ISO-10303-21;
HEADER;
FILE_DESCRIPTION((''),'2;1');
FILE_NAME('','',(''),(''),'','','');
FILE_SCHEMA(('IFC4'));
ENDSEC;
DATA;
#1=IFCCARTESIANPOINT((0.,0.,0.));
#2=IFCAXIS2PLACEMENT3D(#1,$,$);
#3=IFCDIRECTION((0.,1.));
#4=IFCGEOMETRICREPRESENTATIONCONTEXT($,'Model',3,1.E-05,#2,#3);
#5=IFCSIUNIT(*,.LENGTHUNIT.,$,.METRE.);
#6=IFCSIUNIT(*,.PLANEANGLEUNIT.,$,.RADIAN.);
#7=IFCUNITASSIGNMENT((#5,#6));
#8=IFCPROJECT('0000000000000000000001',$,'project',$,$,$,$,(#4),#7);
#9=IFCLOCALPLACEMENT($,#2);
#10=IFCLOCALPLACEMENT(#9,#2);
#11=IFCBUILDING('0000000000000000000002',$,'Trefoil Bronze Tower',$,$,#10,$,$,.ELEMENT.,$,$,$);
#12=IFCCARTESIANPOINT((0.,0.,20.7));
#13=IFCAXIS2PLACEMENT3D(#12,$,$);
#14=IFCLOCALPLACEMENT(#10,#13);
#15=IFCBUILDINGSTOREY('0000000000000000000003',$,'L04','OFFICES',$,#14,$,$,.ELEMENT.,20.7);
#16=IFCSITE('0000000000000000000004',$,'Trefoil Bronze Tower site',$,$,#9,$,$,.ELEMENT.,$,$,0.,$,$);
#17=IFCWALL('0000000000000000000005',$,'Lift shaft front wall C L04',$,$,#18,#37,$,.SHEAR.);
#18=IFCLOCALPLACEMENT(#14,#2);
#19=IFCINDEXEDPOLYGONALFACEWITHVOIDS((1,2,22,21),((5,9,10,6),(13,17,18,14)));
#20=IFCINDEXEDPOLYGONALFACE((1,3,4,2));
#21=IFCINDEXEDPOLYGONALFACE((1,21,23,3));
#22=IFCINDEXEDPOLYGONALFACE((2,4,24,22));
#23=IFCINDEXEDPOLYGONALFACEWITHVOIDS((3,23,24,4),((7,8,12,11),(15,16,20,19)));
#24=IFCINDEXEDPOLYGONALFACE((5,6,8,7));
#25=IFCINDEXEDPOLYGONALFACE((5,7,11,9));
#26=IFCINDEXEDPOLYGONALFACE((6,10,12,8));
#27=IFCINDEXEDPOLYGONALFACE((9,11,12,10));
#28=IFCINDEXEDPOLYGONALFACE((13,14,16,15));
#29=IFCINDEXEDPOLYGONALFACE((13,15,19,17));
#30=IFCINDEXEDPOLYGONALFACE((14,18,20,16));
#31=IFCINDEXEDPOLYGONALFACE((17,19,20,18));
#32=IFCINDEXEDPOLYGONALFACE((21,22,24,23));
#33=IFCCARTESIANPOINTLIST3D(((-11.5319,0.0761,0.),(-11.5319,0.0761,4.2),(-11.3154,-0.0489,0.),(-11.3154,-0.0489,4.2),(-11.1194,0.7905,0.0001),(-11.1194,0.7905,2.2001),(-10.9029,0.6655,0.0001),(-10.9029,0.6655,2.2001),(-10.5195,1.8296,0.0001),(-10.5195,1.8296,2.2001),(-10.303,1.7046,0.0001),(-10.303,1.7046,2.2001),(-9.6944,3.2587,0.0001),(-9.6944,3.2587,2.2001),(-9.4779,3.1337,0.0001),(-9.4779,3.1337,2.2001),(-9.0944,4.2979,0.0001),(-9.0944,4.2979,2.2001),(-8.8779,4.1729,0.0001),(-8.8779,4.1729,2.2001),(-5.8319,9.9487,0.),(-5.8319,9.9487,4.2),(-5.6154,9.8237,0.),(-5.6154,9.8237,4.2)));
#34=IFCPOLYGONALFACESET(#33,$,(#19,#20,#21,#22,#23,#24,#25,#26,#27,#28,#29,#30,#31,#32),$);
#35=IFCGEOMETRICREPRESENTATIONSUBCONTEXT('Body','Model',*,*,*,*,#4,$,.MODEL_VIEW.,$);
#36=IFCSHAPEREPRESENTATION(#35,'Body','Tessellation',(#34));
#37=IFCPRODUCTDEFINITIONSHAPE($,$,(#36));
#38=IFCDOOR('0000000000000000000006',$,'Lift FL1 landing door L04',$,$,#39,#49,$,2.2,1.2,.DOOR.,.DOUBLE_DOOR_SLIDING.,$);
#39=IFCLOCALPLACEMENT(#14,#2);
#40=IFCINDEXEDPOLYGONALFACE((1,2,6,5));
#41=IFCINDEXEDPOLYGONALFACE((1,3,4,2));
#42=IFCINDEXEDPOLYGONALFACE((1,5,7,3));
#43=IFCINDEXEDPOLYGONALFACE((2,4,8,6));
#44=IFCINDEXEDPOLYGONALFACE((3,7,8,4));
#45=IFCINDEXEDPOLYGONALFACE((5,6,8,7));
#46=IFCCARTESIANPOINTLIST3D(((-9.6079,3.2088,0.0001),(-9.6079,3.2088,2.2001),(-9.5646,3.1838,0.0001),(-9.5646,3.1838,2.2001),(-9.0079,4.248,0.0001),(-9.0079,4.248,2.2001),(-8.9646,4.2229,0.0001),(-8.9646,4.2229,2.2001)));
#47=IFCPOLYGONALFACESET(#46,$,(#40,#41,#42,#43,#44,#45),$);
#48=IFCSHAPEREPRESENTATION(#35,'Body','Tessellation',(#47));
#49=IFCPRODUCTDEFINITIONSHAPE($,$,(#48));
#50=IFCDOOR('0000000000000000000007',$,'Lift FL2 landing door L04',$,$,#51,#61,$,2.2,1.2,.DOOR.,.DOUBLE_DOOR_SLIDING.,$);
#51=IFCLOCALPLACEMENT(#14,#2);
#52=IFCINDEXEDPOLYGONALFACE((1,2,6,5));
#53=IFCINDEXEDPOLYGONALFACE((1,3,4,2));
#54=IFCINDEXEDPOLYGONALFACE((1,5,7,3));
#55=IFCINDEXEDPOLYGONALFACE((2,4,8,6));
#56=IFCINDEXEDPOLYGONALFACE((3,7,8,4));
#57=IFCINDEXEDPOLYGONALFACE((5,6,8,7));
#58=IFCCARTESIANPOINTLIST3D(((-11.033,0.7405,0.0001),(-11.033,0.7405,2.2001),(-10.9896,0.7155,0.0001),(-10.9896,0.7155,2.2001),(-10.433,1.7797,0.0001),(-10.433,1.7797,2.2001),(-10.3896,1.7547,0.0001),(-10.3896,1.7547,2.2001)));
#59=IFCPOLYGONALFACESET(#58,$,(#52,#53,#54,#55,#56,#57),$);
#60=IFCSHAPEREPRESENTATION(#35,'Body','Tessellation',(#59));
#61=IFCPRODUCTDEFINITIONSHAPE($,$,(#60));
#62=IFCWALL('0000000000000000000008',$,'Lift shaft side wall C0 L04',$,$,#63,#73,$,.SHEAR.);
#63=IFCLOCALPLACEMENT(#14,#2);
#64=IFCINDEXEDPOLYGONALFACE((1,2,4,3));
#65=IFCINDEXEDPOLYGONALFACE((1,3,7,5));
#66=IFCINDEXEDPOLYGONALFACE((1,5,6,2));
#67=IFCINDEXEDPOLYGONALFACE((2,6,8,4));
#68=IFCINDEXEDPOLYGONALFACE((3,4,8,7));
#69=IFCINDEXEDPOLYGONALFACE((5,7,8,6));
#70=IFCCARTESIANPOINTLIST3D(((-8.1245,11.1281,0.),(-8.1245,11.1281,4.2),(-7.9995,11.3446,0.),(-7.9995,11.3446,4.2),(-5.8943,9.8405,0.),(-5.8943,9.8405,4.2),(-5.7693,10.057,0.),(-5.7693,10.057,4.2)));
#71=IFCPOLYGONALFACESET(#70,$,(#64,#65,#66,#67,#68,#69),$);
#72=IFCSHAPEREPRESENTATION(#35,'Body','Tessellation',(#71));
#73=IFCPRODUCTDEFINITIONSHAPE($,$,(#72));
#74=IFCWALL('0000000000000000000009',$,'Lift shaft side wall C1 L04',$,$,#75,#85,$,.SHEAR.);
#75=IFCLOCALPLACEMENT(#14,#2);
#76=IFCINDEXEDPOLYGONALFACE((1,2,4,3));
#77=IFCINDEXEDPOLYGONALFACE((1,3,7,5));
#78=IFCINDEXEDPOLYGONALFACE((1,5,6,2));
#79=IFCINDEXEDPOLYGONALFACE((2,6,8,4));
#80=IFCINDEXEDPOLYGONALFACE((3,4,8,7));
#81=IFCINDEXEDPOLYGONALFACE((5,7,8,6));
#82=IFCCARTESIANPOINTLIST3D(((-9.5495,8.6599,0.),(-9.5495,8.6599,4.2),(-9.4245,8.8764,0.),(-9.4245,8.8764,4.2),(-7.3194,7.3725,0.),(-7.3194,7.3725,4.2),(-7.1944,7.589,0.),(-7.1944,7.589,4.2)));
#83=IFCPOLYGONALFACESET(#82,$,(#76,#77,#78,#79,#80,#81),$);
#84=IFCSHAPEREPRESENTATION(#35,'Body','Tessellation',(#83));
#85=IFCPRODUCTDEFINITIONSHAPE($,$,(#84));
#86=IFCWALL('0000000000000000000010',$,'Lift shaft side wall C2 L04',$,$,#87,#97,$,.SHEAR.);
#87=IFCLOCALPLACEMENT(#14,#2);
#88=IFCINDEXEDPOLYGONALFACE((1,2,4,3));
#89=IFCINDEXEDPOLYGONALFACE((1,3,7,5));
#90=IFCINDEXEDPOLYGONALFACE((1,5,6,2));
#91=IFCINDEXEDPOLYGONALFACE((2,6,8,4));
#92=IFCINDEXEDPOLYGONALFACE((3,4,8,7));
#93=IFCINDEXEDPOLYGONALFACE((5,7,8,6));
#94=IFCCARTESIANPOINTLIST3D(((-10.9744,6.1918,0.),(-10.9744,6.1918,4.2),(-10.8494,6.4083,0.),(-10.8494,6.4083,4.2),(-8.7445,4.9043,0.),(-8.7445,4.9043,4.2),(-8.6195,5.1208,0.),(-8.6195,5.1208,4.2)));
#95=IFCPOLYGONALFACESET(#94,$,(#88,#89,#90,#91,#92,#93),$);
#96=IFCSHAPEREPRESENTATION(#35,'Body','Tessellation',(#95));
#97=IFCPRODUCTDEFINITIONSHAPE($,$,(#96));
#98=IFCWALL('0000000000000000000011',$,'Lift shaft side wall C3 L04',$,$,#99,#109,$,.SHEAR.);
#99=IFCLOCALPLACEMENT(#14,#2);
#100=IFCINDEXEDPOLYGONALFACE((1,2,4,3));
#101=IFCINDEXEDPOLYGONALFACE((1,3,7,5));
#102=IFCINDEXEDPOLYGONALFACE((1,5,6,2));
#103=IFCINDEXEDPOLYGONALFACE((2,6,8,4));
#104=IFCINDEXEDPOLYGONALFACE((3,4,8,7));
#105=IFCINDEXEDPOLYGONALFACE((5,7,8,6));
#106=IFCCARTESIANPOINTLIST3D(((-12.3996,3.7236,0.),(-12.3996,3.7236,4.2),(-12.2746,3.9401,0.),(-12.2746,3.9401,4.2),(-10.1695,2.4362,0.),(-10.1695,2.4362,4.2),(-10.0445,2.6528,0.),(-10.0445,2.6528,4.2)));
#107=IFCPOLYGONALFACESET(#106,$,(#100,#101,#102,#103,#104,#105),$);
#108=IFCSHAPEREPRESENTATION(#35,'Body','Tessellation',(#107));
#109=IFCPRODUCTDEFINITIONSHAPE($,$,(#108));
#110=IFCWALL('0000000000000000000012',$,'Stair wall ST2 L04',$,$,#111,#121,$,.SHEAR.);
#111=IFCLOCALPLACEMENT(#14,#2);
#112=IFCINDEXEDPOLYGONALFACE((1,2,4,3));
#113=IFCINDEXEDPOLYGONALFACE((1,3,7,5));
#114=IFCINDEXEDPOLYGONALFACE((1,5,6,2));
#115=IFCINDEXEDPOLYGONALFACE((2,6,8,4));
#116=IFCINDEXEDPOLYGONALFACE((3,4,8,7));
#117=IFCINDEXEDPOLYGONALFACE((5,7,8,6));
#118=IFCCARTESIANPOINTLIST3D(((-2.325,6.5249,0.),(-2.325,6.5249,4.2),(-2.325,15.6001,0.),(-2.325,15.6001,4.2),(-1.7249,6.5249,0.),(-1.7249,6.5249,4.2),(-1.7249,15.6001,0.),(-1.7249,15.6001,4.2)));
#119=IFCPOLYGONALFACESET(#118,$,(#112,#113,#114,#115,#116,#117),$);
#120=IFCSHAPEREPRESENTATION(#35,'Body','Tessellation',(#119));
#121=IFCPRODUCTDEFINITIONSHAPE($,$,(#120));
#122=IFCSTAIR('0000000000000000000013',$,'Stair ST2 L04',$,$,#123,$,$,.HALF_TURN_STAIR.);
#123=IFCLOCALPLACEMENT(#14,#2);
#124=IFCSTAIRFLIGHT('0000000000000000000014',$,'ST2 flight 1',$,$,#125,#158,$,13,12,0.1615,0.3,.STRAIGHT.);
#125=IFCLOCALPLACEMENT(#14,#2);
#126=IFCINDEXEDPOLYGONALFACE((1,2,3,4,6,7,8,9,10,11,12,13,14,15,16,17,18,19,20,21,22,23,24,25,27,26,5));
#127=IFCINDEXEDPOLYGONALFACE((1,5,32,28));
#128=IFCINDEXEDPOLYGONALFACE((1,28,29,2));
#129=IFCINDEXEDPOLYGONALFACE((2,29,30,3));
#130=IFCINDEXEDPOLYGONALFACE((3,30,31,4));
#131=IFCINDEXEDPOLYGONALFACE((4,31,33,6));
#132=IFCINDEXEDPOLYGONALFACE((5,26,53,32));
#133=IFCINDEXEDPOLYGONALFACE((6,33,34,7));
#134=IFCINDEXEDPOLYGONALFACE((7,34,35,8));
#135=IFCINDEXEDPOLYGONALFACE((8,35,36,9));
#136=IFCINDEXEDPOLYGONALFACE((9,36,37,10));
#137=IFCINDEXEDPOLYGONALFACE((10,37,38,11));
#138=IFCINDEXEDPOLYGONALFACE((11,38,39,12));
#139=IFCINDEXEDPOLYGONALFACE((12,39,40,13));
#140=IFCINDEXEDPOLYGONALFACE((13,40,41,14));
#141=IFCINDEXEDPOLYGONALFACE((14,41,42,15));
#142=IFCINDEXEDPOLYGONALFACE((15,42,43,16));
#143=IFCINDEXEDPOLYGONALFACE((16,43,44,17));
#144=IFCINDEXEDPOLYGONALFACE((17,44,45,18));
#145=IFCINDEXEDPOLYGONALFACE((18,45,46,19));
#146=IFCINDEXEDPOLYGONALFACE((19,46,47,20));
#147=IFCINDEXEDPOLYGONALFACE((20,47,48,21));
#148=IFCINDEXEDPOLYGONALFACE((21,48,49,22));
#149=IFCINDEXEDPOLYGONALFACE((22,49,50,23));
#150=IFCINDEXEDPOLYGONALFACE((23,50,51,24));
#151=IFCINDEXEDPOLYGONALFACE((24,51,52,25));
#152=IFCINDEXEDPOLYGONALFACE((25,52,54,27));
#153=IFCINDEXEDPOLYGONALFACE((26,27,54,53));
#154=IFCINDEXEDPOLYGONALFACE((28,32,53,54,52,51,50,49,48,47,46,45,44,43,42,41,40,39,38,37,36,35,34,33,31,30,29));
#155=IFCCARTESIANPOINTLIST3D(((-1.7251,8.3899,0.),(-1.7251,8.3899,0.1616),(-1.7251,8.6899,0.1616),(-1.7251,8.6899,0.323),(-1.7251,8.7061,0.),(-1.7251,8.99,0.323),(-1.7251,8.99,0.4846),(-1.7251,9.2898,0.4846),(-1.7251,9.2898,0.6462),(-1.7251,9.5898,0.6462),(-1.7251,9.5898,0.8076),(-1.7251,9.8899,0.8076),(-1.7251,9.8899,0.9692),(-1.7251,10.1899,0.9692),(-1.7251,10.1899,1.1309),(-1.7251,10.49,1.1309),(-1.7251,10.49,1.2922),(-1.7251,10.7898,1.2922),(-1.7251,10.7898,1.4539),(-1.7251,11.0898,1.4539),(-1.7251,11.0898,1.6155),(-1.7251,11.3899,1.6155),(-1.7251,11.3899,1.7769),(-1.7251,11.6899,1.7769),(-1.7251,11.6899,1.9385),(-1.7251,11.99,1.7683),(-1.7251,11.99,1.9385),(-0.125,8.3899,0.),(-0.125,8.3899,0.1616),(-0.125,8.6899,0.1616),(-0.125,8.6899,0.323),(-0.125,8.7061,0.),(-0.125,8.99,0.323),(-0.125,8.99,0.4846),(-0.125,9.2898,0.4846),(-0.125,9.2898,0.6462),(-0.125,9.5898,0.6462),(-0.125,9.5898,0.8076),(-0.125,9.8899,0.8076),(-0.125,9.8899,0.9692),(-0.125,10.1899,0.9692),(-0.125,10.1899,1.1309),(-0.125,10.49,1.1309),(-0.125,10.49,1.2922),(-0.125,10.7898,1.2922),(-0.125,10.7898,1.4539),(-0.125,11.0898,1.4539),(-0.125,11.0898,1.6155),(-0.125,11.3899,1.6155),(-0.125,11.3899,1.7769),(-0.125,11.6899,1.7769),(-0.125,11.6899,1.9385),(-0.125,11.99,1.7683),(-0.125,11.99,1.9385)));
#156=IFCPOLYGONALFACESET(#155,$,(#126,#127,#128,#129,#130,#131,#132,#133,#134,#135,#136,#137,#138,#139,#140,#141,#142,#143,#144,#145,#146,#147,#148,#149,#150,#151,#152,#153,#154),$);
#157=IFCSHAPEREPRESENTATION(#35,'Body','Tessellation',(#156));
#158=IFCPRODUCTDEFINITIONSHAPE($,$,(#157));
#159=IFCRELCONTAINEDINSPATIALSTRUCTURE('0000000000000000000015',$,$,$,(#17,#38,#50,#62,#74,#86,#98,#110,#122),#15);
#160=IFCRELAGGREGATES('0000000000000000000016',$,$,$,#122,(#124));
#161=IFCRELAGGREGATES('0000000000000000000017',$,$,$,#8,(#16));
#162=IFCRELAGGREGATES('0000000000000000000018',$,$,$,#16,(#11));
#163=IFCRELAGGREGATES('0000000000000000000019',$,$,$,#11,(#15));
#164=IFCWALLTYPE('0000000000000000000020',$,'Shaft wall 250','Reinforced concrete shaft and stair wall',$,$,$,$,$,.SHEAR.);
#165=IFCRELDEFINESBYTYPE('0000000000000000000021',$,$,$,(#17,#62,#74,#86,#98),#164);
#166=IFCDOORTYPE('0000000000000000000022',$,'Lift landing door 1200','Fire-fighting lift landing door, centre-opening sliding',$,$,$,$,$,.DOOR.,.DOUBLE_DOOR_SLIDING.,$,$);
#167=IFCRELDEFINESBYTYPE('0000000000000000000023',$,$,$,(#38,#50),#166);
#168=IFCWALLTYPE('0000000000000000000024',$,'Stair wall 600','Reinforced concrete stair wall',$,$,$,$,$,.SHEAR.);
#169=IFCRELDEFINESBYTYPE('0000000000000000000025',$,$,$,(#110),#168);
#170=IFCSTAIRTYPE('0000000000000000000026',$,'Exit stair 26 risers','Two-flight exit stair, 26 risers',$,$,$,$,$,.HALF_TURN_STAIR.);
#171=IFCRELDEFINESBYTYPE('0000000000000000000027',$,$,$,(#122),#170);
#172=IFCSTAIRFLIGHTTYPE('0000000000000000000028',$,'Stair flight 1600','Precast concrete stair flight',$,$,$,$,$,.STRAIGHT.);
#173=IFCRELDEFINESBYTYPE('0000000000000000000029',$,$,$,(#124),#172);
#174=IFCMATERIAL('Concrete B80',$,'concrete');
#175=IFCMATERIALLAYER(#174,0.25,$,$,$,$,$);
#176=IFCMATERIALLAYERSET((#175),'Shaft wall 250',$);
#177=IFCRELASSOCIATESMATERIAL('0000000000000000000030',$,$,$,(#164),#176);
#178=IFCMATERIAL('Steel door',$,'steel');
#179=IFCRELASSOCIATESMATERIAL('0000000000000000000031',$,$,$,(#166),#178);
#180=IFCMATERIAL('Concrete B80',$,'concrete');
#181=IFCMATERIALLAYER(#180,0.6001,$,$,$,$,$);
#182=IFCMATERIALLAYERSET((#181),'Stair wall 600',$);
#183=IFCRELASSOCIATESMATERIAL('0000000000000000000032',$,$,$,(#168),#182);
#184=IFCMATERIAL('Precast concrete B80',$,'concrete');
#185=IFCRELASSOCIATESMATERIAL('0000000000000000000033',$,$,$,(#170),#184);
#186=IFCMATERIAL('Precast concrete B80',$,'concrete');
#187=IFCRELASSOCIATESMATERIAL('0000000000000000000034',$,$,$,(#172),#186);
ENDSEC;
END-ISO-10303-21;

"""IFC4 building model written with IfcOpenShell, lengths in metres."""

from ifc_helpers import new_model, si_unit, direction, frame, frame_2d, origin, place, context, subcontext, project, spatial, polyline, rectangle, outline, extrude, material, layer, layer_set, type_object, element, fill, aggregate, save


model = new_model("IFC4")

# Units and contexts
model_context = context("Model", 3, precision=1e-05, world=origin(), true_north=direction((0.0, 1.0)))
body_context = subcontext(model_context, "Body", "Model", "MODEL_VIEW")
ifc_project = project(units=[si_unit("LENGTHUNIT", "METRE"), si_unit("PLANEANGLEUNIT", "RADIAN")], contexts=[model_context])

# Site, building, storey
site_placement = place(None, origin())
site = spatial("IfcSite", under=ifc_project, at=site_placement, Name="Trefoil Bronze Tower site", CompositionType="ELEMENT", RefElevation=0.0)
building_placement = place(site_placement, origin())
building = spatial("IfcBuilding", under=site, at=building_placement, Name="Trefoil Bronze Tower", CompositionType="ELEMENT")
storey_placement = place(building_placement, frame((0.0, 0.0, 20.7)))
storey = spatial("IfcBuildingStorey", under=building, at=storey_placement, Name="L04", Description="OFFICES", CompositionType="ELEMENT", Elevation=20.7)

# Wall, openings, doors
ifc_material_1 = material(Name="Concrete B80", Category="concrete")
ifc_layer_1 = layer(ifc_material_1, 0.25)
ifc_layer_set_1 = layer_set([ifc_layer_1], Name="Shaft wall 250")
wall_type_1 = type_object("IfcWallType", Name="Shaft wall 250", Description="Reinforced concrete shaft and stair wall", PredefinedType="SHEAR", material=ifc_layer_set_1)
wall_1_placement = place(storey_placement, frame((-5.7236, 9.8862, 0.0), z_axis=(0.0, 0.0, 1.0), x_axis=(-0.500002, -0.866024, 0.0)))
wall_1 = element("IfcWall", 1, at=wall_1_placement, inside=storey, type_object=wall_type_1, Name="Lift shaft front wall C L04", PredefinedType="SHEAR", context=body_context, shape_type="SweptSolid", body=[
    extrude(rectangle(XDim=11.3999, YDim=0.25, at=frame_2d((5.7, 0.0))), origin(), (0.0, 0.0, 1.0), 4.2),
])
opening_1_placement = place(wall_1_placement, frame((6.5249, 0.0, 0.0)))
opening_1 = element("IfcOpeningElement", 2, at=opening_1_placement, cuts=wall_1, PredefinedType="OPENING", context=body_context, shape_type="SweptSolid", body=[
    extrude(rectangle(XDim=1.2, YDim=2.2, at=frame_2d((0.6001, 1.1001))), frame((0.0, 0.135, 0.0), z_axis=(0.0, -1.0, 0.0), x_axis=(1.0, 0.0, 0.0)), (0.0, 0.0, 1.0), 0.27),
])
opening_2_placement = place(wall_1_placement, frame((9.375, 0.0, 0.0)))
opening_2 = element("IfcOpeningElement", 3, at=opening_2_placement, cuts=wall_1, PredefinedType="OPENING", context=body_context, shape_type="SweptSolid", body=[
    extrude(rectangle(XDim=1.2, YDim=2.2, at=frame_2d((0.6001, 1.1001))), frame((0.0, 0.135, 0.0), z_axis=(0.0, -1.0, 0.0), x_axis=(1.0, 0.0, 0.0)), (0.0, 0.0, 1.0), 0.27),
])
ifc_material_2 = material(Name="Steel door", Category="steel")
door_type_1 = type_object("IfcDoorType", Name="Lift landing door 1200", Description="Fire-fighting lift landing door, centre-opening sliding", OperationType="DOUBLE_DOOR_SLIDING", PredefinedType="DOOR", material=ifc_material_2)
door_1_placement = place(opening_1_placement, origin())
door_1 = element("IfcDoor", 4, at=door_1_placement, inside=storey, type_object=door_type_1, Name="Lift FL1 landing door L04", OperationType="DOUBLE_DOOR_SLIDING", OverallHeight=2.2, OverallWidth=1.2, PredefinedType="DOOR", context=body_context, shape_type="SweptSolid", body=[
    extrude(rectangle(XDim=1.2, YDim=2.2, at=frame_2d((0.6001, 1.1001))), frame((0.0, 0.0249, 0.0), z_axis=(0.0, -1.0, 0.0), x_axis=(1.0, 0.0, 0.0)), (0.0, 0.0, 1.0), 0.05),
])
fill(opening_1, door_1)
door_2_placement = place(opening_2_placement, origin())
door_2 = element("IfcDoor", 5, at=door_2_placement, inside=storey, type_object=door_type_1, Name="Lift FL2 landing door L04", OperationType="DOUBLE_DOOR_SLIDING", OverallHeight=2.2, OverallWidth=1.2, PredefinedType="DOOR", context=body_context, shape_type="SweptSolid", body=[
    extrude(rectangle(XDim=1.2, YDim=2.2, at=frame_2d((0.6001, 1.1001))), frame((0.0, 0.0249, 0.0), z_axis=(0.0, -1.0, 0.0), x_axis=(1.0, 0.0, 0.0)), (0.0, 0.0, 1.0), 0.05),
])
fill(opening_2, door_2)

# Walls
wall_2_placement = place(storey_placement, frame((-5.8318, 9.9487, 0.0), z_axis=(0.0, 0.0, 1.0), x_axis=(-0.866029, 0.499993, 0.0)))
element("IfcWall", 6, at=wall_2_placement, inside=storey, type_object=wall_type_1, Name="Lift shaft side wall C0 L04", PredefinedType="SHEAR", context=body_context, shape_type="SweptSolid", body=[
    extrude(rectangle(XDim=2.5752, YDim=0.25, at=frame_2d((1.2876, 0.0))), origin(), (0.0, 0.0, 1.0), 4.2),
])
for number, where, z_axis, x_axis, name in (
    (7, (-7.2568, 7.4807, 0.0), (0.0, 0.0, 1.0), (-0.866047, 0.499963, 0.0), "Lift shaft side wall C1 L04"),
    (8, (-8.6819, 5.0125, 0.0), (0.0, 0.0, 1.0), (-0.866006, 0.500034, 0.0), "Lift shaft side wall C2 L04"),
    (9, (-10.1069, 2.5444, 0.0), (0.0, 0.0, 1.0), (-0.866047, 0.499963, 0.0), "Lift shaft side wall C3 L04"),
):
    element("IfcWall", number, at=place(storey_placement, frame(where, z_axis=z_axis, x_axis=x_axis)), inside=storey, type_object=wall_type_1, Name=name, PredefinedType="SHEAR", context=body_context, shape_type="SweptSolid", body=[
        extrude(rectangle(XDim=2.575, YDim=0.25, at=frame_2d((1.2876, 0.0))), origin(), (0.0, 0.0, 1.0), 4.2),
    ])
ifc_material_3 = material(Name="Concrete B80", Category="concrete")
ifc_layer_2 = layer(ifc_material_3, 0.6001)
ifc_layer_set_2 = layer_set([ifc_layer_2], Name="Stair wall 600")
wall_type_2 = type_object("IfcWallType", Name="Stair wall 600", Description="Reinforced concrete stair wall", PredefinedType="SHEAR", material=ifc_layer_set_2)
wall_3_placement = place(storey_placement, frame((-2.0249, 6.5249, 0.0), z_axis=(0.0, 0.0, 1.0), x_axis=(0.0, 1.0, 0.0)))
element("IfcWall", 10, at=wall_3_placement, inside=storey, type_object=wall_type_2, Name="Stair wall ST2 L04", PredefinedType="SHEAR", context=body_context, shape_type="SweptSolid", body=[
    extrude(rectangle(XDim=9.0752, YDim=0.6001, at=frame_2d((4.5376, 0.0))), origin(), (0.0, 0.0, 1.0), 4.2),
])

# Stair, stair flight
ifc_material_4 = material(Name="Precast concrete B80", Category="concrete")
stair_type = type_object("IfcStairType", Name="Exit stair 26 risers", Description="Two-flight exit stair, 26 risers", PredefinedType="HALF_TURN_STAIR", material=ifc_material_4)
stair_placement = place(storey_placement, origin())
stair = element("IfcStair", 11, at=stair_placement, inside=storey, type_object=stair_type, Name="Stair ST2 L04", PredefinedType="HALF_TURN_STAIR")
ifc_material_5 = material(Name="Precast concrete B80", Category="concrete")
stair_flight_type = type_object("IfcStairFlightType", Name="Stair flight 1600", Description="Precast concrete stair flight", PredefinedType="STRAIGHT", material=ifc_material_5)
stair_flight_placement = place(storey_placement, frame((-0.925, 8.3899, 0.0), z_axis=(0.0, 0.0, 1.0), x_axis=(0.0, 1.0, 0.0)))
stair_flight = element("IfcStairFlight", 12, at=stair_flight_placement, type_object=stair_flight_type, Name="ST2 flight 1", NumberOfRisers=13, NumberOfTreads=12, PredefinedType="STRAIGHT", RiserHeight=0.1615, TreadLength=0.3, context=body_context, shape_type="SweptSolid", body=[
    extrude(outline(polyline([(0.0, 0.0), (0.0, 0.1616), (0.3, 0.1616), (0.3, 0.323), (0.6001, 0.323), (0.6001, 0.4846), (0.8999, 0.4846), (0.8999, 0.6462), (1.2, 0.6462), (1.2, 0.8076), (1.5, 0.8076), (1.5, 0.9692), (1.8, 0.9692), (1.8, 1.1309), (2.1001, 1.1309), (2.1001, 1.2922), (2.3999, 1.2922), (2.3999, 1.4539), (2.7, 1.4539), (2.7, 1.6155), (3.0, 1.6155), (3.0, 1.7769), (3.3, 1.7769), (3.3, 1.9385), (3.6001, 1.9385), (3.6001, 2.1001), (3.6001, 1.7683), (0.3162, 0.0), (0.0, 0.0)])), frame((0.0, 0.8, 0.0), z_axis=(0.0, -1.0, 0.0), x_axis=(1.0, 0.0, 0.0)), (0.0, 0.0, 1.0), 1.6001),
])
aggregate(stair, [stair_flight])

save(model, "model.ifc")
